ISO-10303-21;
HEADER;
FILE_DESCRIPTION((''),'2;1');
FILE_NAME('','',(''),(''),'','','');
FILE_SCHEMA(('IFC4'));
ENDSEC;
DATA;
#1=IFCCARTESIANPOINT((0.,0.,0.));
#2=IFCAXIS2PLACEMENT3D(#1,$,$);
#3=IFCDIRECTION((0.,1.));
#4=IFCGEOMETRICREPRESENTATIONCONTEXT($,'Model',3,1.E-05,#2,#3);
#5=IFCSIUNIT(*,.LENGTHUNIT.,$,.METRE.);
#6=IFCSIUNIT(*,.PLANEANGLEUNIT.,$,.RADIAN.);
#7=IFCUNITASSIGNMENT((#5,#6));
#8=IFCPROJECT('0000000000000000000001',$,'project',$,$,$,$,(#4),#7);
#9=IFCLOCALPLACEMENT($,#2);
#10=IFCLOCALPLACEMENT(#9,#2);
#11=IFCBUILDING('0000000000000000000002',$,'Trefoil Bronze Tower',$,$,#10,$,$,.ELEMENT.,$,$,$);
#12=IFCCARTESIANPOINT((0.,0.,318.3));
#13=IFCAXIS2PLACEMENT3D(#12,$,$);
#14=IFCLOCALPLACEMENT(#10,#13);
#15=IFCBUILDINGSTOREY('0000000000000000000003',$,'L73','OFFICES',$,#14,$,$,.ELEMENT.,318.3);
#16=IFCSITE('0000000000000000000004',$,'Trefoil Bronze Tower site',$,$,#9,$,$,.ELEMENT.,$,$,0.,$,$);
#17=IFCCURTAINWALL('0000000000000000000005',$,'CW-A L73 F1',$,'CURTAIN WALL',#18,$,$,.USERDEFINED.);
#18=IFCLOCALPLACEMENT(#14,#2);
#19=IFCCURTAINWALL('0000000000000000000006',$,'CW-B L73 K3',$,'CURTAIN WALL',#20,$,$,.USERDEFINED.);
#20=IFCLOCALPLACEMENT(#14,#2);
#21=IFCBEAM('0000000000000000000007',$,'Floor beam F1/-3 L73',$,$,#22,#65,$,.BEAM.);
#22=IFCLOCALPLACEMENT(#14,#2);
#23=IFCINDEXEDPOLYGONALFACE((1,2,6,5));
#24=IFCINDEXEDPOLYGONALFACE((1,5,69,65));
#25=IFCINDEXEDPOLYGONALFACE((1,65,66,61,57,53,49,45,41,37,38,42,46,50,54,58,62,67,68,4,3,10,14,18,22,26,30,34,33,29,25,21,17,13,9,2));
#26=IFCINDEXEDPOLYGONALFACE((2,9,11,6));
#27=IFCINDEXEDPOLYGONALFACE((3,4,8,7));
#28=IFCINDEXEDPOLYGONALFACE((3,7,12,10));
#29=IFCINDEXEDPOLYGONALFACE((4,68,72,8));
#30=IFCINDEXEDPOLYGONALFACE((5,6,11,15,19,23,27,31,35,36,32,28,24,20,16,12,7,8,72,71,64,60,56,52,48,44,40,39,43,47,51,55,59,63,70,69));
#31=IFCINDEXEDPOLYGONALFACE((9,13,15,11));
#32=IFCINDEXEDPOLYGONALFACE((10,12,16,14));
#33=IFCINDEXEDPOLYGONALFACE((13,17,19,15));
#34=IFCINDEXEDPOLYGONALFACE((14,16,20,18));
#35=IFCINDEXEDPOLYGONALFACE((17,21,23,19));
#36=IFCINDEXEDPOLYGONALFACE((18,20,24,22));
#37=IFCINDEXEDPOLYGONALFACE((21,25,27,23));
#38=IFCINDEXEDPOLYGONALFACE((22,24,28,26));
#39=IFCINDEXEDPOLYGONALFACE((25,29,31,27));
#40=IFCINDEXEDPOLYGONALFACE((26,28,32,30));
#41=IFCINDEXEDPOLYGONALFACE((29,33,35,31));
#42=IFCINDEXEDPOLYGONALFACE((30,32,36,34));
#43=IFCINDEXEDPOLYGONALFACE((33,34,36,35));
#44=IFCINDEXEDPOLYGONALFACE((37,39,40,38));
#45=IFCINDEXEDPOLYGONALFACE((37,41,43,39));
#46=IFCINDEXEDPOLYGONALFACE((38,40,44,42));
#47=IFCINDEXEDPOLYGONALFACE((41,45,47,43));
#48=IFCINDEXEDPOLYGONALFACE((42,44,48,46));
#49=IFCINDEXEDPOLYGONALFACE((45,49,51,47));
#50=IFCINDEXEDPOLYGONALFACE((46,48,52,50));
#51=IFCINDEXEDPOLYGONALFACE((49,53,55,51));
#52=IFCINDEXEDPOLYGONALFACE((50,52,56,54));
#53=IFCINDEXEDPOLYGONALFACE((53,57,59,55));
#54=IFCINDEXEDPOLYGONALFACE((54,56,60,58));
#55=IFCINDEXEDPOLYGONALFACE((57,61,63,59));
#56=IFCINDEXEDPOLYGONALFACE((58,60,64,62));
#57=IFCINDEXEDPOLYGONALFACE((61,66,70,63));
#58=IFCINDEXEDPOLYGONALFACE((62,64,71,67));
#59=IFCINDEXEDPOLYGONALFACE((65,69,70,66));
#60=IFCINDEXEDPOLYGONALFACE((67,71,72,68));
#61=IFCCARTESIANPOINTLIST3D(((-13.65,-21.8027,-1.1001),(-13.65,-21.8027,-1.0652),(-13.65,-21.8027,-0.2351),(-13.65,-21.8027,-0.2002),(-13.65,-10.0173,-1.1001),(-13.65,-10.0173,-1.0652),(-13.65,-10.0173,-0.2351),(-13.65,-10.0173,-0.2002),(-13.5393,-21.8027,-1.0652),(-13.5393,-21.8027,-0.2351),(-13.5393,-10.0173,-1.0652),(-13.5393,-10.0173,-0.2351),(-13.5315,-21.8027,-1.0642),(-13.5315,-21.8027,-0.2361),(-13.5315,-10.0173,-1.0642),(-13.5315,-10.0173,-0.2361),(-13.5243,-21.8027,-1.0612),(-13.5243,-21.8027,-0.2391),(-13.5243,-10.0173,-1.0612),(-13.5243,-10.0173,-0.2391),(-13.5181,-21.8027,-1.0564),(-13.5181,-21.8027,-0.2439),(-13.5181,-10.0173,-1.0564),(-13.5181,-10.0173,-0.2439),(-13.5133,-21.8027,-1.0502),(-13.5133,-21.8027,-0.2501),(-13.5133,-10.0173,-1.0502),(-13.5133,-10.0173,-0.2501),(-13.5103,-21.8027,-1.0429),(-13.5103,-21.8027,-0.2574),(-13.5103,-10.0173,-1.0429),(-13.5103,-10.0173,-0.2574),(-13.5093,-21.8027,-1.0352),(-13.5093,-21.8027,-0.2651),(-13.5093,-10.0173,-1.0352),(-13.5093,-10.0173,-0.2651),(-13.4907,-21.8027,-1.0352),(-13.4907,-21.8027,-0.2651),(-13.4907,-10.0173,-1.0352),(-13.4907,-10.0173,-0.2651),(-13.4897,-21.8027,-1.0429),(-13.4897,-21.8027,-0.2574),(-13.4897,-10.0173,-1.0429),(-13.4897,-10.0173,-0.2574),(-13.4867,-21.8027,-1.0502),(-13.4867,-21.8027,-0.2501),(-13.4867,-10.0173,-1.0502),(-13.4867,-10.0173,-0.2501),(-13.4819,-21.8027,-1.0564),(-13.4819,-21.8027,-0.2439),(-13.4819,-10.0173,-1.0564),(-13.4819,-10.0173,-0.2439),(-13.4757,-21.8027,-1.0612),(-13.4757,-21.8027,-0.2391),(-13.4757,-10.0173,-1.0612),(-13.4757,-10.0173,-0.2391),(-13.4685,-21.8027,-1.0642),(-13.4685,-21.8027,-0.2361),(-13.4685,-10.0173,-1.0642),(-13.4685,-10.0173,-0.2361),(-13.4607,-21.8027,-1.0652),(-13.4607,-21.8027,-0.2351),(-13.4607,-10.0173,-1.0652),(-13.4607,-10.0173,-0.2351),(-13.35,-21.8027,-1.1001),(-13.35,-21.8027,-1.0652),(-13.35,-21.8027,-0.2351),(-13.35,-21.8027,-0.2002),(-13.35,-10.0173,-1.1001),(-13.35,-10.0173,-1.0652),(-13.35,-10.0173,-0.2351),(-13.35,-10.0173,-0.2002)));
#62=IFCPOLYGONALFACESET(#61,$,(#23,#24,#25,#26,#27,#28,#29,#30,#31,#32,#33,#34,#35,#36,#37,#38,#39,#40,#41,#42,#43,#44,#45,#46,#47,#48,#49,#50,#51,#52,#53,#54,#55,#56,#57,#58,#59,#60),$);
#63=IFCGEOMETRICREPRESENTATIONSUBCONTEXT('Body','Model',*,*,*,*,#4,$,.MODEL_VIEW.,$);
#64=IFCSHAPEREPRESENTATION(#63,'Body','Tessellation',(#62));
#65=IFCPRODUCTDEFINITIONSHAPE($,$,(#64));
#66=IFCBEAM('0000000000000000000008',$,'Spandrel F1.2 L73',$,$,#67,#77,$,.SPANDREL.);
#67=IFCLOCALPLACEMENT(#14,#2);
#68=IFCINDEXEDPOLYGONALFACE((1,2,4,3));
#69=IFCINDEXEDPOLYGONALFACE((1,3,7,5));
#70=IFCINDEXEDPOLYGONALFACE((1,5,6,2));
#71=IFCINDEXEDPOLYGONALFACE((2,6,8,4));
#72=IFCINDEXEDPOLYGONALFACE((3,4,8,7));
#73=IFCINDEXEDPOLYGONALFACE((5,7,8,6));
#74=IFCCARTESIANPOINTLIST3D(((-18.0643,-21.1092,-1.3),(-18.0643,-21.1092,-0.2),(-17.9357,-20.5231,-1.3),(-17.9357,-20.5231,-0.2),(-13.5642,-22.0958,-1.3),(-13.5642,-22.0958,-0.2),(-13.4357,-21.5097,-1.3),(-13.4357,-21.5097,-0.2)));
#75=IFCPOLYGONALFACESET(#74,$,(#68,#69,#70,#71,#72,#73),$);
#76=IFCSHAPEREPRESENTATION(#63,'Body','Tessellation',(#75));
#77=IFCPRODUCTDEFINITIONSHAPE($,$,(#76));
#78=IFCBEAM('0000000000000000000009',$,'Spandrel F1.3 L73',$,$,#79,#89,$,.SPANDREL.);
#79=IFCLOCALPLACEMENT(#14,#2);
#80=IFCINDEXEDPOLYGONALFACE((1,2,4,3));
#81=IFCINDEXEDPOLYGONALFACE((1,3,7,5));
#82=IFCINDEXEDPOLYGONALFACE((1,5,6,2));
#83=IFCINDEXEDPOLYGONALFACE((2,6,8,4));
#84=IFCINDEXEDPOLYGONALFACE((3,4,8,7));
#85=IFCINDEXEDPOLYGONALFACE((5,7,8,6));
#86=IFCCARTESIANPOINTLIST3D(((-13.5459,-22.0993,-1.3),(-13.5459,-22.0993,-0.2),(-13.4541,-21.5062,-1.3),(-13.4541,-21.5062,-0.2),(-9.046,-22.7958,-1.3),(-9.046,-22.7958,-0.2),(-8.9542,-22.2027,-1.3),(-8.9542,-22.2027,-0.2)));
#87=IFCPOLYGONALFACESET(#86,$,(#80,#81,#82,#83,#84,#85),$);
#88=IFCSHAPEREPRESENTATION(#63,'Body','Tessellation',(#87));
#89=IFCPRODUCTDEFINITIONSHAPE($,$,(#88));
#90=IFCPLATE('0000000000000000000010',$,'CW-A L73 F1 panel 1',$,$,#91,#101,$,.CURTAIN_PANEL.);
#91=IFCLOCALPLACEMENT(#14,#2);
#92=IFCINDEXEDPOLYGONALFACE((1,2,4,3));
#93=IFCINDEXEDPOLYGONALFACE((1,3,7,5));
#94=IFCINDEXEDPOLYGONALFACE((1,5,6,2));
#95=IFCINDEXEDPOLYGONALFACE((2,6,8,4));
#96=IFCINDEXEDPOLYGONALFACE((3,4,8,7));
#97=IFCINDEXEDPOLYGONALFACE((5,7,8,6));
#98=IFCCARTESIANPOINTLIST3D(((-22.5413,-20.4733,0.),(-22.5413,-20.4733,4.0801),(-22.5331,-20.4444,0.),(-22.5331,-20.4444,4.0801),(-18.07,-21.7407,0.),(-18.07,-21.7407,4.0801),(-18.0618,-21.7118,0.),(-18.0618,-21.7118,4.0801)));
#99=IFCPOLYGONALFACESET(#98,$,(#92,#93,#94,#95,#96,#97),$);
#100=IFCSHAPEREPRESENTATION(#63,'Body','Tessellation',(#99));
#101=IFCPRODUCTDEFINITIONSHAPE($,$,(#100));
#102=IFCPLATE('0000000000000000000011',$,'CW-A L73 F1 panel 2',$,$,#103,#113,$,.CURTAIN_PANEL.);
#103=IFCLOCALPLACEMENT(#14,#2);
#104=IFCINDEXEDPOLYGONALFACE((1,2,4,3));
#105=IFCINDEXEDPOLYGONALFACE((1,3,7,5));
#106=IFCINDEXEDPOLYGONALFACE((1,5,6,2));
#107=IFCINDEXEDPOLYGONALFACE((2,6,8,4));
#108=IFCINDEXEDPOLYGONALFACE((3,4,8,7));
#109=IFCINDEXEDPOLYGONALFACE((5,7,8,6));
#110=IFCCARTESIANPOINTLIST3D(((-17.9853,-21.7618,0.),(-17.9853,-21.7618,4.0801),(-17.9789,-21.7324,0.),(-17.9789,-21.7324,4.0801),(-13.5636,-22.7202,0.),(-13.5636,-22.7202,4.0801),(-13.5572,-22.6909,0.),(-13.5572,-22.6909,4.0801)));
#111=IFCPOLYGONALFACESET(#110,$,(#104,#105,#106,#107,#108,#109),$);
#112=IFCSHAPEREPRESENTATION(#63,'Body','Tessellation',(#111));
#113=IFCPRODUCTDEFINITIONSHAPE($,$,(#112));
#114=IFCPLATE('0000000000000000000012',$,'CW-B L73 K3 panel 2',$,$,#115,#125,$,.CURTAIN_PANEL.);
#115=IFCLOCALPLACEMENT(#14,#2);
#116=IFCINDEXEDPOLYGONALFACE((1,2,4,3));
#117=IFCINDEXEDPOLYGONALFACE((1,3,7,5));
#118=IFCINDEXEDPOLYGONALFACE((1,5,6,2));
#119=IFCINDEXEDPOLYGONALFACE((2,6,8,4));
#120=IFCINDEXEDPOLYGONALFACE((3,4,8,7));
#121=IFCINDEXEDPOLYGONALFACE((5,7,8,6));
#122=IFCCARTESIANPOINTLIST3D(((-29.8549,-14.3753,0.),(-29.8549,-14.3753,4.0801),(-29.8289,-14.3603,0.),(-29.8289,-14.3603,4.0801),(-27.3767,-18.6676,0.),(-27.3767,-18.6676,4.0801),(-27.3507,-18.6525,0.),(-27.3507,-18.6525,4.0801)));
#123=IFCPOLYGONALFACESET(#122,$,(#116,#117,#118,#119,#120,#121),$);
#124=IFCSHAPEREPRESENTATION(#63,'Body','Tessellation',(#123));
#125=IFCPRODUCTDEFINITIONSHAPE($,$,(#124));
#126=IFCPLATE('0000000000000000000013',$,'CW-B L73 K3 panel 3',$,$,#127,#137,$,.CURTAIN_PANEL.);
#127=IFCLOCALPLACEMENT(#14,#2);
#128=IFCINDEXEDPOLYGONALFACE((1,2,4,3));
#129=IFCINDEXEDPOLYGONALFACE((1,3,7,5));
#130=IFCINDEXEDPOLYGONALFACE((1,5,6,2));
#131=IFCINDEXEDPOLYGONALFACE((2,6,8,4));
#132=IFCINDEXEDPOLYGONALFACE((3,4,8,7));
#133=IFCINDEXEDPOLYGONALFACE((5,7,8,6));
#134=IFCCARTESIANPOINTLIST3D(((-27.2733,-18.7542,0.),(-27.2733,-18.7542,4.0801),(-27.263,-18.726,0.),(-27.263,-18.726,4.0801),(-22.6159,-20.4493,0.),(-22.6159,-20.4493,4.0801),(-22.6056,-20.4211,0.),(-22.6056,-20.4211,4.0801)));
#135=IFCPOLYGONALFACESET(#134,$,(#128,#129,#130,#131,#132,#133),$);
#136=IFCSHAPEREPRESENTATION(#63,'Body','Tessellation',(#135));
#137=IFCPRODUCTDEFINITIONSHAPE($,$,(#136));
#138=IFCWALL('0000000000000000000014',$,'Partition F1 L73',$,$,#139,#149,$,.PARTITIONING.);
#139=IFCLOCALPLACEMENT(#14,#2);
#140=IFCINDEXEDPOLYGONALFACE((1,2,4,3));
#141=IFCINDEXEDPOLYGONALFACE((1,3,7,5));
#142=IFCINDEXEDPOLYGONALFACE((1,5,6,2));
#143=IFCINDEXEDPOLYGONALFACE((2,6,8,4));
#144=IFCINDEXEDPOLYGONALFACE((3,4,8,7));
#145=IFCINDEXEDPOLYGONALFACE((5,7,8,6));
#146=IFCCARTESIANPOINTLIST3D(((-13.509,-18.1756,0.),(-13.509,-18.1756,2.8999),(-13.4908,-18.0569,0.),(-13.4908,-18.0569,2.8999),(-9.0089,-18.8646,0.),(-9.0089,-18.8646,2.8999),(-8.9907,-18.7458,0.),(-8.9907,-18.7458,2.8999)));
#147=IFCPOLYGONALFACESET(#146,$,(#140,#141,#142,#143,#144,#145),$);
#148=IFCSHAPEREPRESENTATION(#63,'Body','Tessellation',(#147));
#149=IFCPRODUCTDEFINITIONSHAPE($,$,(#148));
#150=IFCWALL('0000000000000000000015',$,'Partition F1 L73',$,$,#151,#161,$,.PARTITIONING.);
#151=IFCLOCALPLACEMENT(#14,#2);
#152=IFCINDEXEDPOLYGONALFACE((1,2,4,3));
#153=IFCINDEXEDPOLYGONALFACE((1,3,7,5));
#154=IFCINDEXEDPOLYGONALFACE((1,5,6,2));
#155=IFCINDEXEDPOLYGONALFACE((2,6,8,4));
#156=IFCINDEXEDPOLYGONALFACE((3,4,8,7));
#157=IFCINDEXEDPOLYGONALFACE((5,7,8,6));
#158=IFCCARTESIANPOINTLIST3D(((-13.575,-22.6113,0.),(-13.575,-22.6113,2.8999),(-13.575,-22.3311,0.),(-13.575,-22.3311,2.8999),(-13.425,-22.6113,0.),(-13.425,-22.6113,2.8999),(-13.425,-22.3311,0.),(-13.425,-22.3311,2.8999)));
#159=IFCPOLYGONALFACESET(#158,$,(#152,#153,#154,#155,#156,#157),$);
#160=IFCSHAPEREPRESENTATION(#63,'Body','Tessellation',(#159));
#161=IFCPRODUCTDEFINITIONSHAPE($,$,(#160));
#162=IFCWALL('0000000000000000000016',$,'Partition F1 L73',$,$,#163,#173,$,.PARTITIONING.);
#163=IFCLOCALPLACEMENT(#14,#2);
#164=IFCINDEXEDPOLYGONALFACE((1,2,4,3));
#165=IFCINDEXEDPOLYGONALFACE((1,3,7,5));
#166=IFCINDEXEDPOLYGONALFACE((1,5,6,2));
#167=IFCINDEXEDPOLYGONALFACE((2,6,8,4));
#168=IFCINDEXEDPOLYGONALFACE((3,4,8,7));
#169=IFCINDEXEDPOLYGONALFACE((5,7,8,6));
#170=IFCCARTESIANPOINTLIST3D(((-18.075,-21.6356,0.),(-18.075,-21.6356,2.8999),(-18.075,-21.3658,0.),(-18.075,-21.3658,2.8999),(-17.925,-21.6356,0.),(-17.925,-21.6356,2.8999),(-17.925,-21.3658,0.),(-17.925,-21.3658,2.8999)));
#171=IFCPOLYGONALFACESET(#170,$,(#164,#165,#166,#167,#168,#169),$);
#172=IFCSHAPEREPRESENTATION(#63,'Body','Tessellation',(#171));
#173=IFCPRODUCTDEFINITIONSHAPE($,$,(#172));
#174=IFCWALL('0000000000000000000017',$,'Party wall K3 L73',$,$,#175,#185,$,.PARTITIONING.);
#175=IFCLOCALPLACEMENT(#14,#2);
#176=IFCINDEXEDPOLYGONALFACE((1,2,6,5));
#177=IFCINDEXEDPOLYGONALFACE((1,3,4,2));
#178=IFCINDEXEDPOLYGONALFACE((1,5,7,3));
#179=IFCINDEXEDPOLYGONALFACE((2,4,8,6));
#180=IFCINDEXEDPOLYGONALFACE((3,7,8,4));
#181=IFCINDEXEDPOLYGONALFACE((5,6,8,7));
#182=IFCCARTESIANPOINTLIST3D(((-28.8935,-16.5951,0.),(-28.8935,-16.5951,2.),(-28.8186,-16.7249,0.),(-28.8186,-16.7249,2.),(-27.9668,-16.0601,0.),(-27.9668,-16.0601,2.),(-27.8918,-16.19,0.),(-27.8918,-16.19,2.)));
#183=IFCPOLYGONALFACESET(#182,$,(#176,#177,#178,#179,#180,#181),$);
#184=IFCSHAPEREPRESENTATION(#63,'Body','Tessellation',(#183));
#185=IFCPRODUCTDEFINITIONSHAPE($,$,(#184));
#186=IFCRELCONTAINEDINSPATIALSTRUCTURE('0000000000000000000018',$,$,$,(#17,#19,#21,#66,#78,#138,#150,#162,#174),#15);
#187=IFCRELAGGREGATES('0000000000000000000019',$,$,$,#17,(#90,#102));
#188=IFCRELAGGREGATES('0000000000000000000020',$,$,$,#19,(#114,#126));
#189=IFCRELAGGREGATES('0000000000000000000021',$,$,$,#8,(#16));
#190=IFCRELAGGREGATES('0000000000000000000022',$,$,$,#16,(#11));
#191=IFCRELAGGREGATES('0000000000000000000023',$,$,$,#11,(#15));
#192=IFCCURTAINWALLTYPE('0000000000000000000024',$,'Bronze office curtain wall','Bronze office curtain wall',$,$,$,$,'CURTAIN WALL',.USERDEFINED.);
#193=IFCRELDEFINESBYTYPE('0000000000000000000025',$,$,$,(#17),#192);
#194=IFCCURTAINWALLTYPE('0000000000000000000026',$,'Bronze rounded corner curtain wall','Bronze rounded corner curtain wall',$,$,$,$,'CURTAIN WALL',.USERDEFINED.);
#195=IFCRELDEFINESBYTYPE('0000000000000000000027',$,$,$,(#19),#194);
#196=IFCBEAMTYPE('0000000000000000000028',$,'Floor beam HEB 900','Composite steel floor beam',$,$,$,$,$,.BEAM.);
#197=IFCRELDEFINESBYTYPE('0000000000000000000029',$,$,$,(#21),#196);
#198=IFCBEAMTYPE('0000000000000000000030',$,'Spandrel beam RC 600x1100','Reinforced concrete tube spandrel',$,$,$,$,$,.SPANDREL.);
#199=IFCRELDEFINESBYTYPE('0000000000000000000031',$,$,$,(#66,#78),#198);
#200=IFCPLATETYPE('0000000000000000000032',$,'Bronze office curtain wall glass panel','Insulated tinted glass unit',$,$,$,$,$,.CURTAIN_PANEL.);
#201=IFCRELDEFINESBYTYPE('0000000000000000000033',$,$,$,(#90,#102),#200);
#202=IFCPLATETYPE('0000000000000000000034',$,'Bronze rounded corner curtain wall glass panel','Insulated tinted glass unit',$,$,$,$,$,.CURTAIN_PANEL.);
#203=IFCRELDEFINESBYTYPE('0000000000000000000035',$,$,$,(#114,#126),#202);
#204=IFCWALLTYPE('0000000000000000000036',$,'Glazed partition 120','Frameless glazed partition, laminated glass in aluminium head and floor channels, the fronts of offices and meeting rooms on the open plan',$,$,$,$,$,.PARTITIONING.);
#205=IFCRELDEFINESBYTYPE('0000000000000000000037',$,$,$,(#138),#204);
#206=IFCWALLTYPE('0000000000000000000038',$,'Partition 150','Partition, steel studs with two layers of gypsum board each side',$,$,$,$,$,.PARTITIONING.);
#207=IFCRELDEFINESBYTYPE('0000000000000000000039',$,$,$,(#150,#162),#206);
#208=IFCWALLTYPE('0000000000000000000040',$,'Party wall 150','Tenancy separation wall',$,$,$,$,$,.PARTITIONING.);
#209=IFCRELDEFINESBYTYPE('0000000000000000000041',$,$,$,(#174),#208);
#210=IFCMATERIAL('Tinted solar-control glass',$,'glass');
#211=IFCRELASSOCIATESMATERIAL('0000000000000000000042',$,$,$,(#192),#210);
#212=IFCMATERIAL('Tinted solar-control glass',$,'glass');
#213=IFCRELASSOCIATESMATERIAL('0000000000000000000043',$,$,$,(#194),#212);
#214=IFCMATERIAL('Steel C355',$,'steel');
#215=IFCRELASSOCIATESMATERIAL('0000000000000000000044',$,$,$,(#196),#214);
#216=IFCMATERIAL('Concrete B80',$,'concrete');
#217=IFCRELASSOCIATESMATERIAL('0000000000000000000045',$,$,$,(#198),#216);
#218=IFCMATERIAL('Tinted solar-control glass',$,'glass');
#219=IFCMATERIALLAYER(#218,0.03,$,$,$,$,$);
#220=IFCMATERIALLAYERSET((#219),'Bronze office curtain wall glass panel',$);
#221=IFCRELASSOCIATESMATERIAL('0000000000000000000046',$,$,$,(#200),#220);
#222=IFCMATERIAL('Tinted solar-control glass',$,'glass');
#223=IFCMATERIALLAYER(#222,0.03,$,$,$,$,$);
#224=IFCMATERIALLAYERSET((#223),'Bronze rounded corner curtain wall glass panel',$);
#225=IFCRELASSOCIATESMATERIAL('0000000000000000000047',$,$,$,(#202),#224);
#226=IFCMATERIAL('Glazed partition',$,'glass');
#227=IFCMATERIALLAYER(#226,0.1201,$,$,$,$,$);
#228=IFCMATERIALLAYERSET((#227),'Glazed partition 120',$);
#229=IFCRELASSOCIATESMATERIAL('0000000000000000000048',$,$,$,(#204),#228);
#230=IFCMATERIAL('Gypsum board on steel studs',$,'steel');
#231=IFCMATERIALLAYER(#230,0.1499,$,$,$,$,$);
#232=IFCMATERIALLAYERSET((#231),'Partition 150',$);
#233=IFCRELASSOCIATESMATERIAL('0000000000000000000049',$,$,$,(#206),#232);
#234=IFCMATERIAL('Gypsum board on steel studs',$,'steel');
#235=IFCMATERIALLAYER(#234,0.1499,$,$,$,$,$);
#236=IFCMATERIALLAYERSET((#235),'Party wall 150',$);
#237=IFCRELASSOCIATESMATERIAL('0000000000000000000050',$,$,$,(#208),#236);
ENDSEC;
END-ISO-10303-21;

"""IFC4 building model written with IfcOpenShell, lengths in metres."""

from ifc_helpers import new_model, si_unit, direction, frame, frame_2d, origin, origin_2d, place, context, subcontext, project, spatial, rectangle, i_section, extrude, material, layer, layer_set, material_profile, profile_set, type_object, element, aggregate, save


model = new_model("IFC4")

# Units and contexts
model_context = context("Model", 3, precision=1e-05, world=origin(), true_north=direction((0.0, 1.0)))
body_context = subcontext(model_context, "Body", "Model", "MODEL_VIEW")
ifc_project = project(units=[si_unit("LENGTHUNIT", "METRE"), si_unit("PLANEANGLEUNIT", "RADIAN")], contexts=[model_context])

# Site, building, storey
site_placement = place(None, origin())
site = spatial("IfcSite", under=ifc_project, at=site_placement, Name="Trefoil Bronze Tower site", CompositionType="ELEMENT", RefElevation=0.0)
building_placement = place(site_placement, origin())
building = spatial("IfcBuilding", under=site, at=building_placement, Name="Trefoil Bronze Tower", CompositionType="ELEMENT")
storey_placement = place(building_placement, frame((0.0, 0.0, 318.3)))
storey = spatial("IfcBuildingStorey", under=building, at=storey_placement, Name="L73", Description="OFFICES", CompositionType="ELEMENT", Elevation=318.3)

# Curtain walls
ifc_material_1 = material(Name="Tinted solar-control glass", Category="glass")
curtain_wall_type_1 = type_object("IfcCurtainWallType", Name="Bronze office curtain wall", Description="Bronze office curtain wall", ElementType="CURTAIN WALL", PredefinedType="USERDEFINED", material=ifc_material_1)
curtain_wall_1_placement = place(storey_placement, origin())
curtain_wall_1 = element("IfcCurtainWall", 1, at=curtain_wall_1_placement, inside=storey, type_object=curtain_wall_type_1, Name="CW-A L73 F1", ObjectType="CURTAIN WALL", PredefinedType="USERDEFINED")
ifc_material_2 = material(Name="Tinted solar-control glass", Category="glass")
curtain_wall_type_2 = type_object("IfcCurtainWallType", Name="Bronze rounded corner curtain wall", Description="Bronze rounded corner curtain wall", ElementType="CURTAIN WALL", PredefinedType="USERDEFINED", material=ifc_material_2)
curtain_wall_2_placement = place(storey_placement, origin())
curtain_wall_2 = element("IfcCurtainWall", 2, at=curtain_wall_2_placement, inside=storey, type_object=curtain_wall_type_2, Name="CW-B L73 K3", ObjectType="CURTAIN WALL", PredefinedType="USERDEFINED")

# Beams
ifc_material_3 = material(Name="Steel C355", Category="steel")
ifc_material_profile_1 = material_profile(ifc_material_3, i_section(OverallWidth=0.3, OverallDepth=0.8999, WebThickness=0.0186, FlangeThickness=0.0349, FilletRadius=0.03, at=origin_2d()), Name="HEB 900")
ifc_profile_set_1 = profile_set([ifc_material_profile_1], Name="Steel C355")
beam_type_1 = type_object("IfcBeamType", Name="Floor beam HEB 900", Description="Composite steel floor beam", PredefinedType="BEAM", material=ifc_profile_set_1)
beam_1_placement = place(storey_placement, frame((-13.5, -21.8027, -0.6501), z_axis=(0.0, 1.0, 0.0), x_axis=(-1.0, 0.0, 0.0)))
element("IfcBeam", 3, at=beam_1_placement, inside=storey, type_object=beam_type_1, Name="Floor beam F1/-3 L73", PredefinedType="BEAM", context=body_context, shape_type="SweptSolid", body=[
    extrude(i_section(OverallWidth=0.3, OverallDepth=0.8999, WebThickness=0.0186, FlangeThickness=0.0349, FilletRadius=0.03, at=origin_2d()), origin(), (0.0, 0.0, 1.0), 11.7854),
])
ifc_material_4 = material(Name="Concrete B80", Category="concrete")
ifc_material_profile_2 = material_profile(ifc_material_4, rectangle(XDim=0.6001, YDim=1.1001, at=origin_2d()), Name="RC 600x1100")
ifc_profile_set_2 = profile_set([ifc_material_profile_2], Name="Concrete B80")
beam_type_2 = type_object("IfcBeamType", Name="Spandrel beam RC 600x1100", Description="Reinforced concrete tube spandrel", PredefinedType="SPANDREL", material=ifc_profile_set_2)
beam_2_placement = place(storey_placement, frame((-18.0, -20.8162, -0.75), z_axis=(0.9768, -0.214152, 0.0), x_axis=(0.214152, 0.9768, 0.0)))
element("IfcBeam", 4, at=beam_2_placement, inside=storey, type_object=beam_type_2, Name="Spandrel F1.2 L73", PredefinedType="SPANDREL", context=body_context, shape_type="SweptSolid", body=[
    extrude(rectangle(XDim=0.6001, YDim=1.1001, at=origin_2d()), origin(), (0.0, 0.0, 1.0), 4.6069),
])
beam_3_placement = place(storey_placement, frame((-13.5, -21.8027, -0.75), z_axis=(0.988232, -0.152964, 0.0), x_axis=(0.152964, 0.988232, 0.0)))
element("IfcBeam", 5, at=beam_3_placement, inside=storey, type_object=beam_type_2, Name="Spandrel F1.3 L73", PredefinedType="SPANDREL", context=body_context, shape_type="SweptSolid", body=[
    extrude(rectangle(XDim=0.6001, YDim=1.1001, at=origin_2d()), origin(), (0.0, 0.0, 1.0), 4.5535),
])

# Plates
ifc_material_5 = material(Name="Tinted solar-control glass", Category="glass")
ifc_layer_1 = layer(ifc_material_5, 0.03)
ifc_layer_set_1 = layer_set([ifc_layer_1], Name="Bronze office curtain wall glass panel")
plate_type_1 = type_object("IfcPlateType", Name="Bronze office curtain wall glass panel", Description="Insulated tinted glass unit", PredefinedType="CURTAIN_PANEL", material=ifc_layer_set_1)
plate_1_placement = place(storey_placement, frame((-20.3015, -21.0925, 0.0), z_axis=(0.0, 0.0, 1.0), x_axis=(0.962098, -0.272705, 0.0)))
plate_1 = element("IfcPlate", 6, at=plate_1_placement, type_object=plate_type_1, Name="CW-A L73 F1 panel 1", PredefinedType="CURTAIN_PANEL", context=body_context, shape_type="SweptSolid", body=[
    extrude(rectangle(XDim=4.6475, YDim=0.03, at=origin_2d()), origin(), (0.0, 0.0, 1.0), 4.0801),
])
plate_2_placement = place(storey_placement, frame((-15.7712, -22.2263, 0.0), z_axis=(0.0, 0.0, 1.0), x_axis=(0.977303, -0.211846, 0.0)))
plate_2 = element("IfcPlate", 7, at=plate_2_placement, type_object=plate_type_1, Name="CW-A L73 F1 panel 2", PredefinedType="CURTAIN_PANEL", context=body_context, shape_type="SweptSolid", body=[
    extrude(rectangle(XDim=4.5244, YDim=0.03, at=origin_2d()), origin(), (0.0, 0.0, 1.0), 4.0801),
])
aggregate(curtain_wall_1, [plate_1, plate_2])
ifc_material_6 = material(Name="Tinted solar-control glass", Category="glass")
ifc_layer_2 = layer(ifc_material_6, 0.03)
ifc_layer_set_2 = layer_set([ifc_layer_2], Name="Bronze rounded corner curtain wall glass panel")
plate_type_2 = type_object("IfcPlateType", Name="Bronze rounded corner curtain wall glass panel", Description="Insulated tinted glass unit", PredefinedType="CURTAIN_PANEL", material=ifc_layer_set_2)
plate_3_placement = place(storey_placement, frame((-28.6028, -16.5139, 0.0), z_axis=(0.0, 0.0, 1.0), x_axis=(0.5, -0.866025, 0.0)))
plate_3 = element("IfcPlate", 8, at=plate_3_placement, type_object=plate_type_2, Name="CW-B L73 K3 panel 2", PredefinedType="CURTAIN_PANEL", context=body_context, shape_type="SweptSolid", body=[
    extrude(rectangle(XDim=4.9563, YDim=0.03, at=origin_2d()), origin(), (0.0, 0.0, 1.0), 4.0801),
])
plate_4_placement = place(storey_placement, frame((-24.9395, -19.5876, 0.0), z_axis=(0.0, 0.0, 1.0), x_axis=(0.939693, -0.34202, 0.0)))
plate_4 = element("IfcPlate", 9, at=plate_4_placement, type_object=plate_type_2, Name="CW-B L73 K3 panel 3", PredefinedType="CURTAIN_PANEL", context=body_context, shape_type="SweptSolid", body=[
    extrude(rectangle(XDim=4.9563, YDim=0.03, at=origin_2d()), origin(), (0.0, 0.0, 1.0), 4.0801),
])
aggregate(curtain_wall_2, [plate_3, plate_4])

# Walls
ifc_material_7 = material(Name="Glazed partition", Category="glass")
ifc_layer_3 = layer(ifc_material_7, 0.1201)
ifc_layer_set_3 = layer_set([ifc_layer_3], Name="Glazed partition 120")
wall_type_1 = type_object("IfcWallType", Name="Glazed partition 120", Description="Frameless glazed partition, laminated glass in aluminium head and floor channels, the fronts of offices and meeting rooms on the open plan", PredefinedType="PARTITIONING", material=ifc_layer_set_3)
wall_1_placement = place(storey_placement, frame((-13.5, -18.1162, 0.0), z_axis=(0.0, 0.0, 1.0), x_axis=(0.988482, -0.15134, 0.0)))
element("IfcWall", 10, at=wall_1_placement, inside=storey, type_object=wall_type_1, Name="Partition F1 L73", PredefinedType="PARTITIONING", context=body_context, shape_type="SweptSolid", body=[
    extrude(rectangle(XDim=4.5525, YDim=0.1201, at=frame_2d((2.2764, 0.0))), origin(), (0.0, 0.0, 1.0), 2.8999),
])
ifc_material_8 = material(Name="Gypsum board on steel studs", Category="steel")
ifc_layer_4 = layer(ifc_material_8, 0.1499)
ifc_layer_set_4 = layer_set([ifc_layer_4], Name="Partition 150")
wall_type_2 = type_object("IfcWallType", Name="Partition 150", Description="Partition, steel studs with two layers of gypsum board each side", PredefinedType="PARTITIONING", material=ifc_layer_set_4)
wall_2_placement = place(storey_placement, frame((-13.5, -22.3311, 0.0), z_axis=(0.0, 0.0, 1.0), x_axis=(0.0, -1.0, 0.0)))
element("IfcWall", 11, at=wall_2_placement, inside=storey, type_object=wall_type_2, Name="Partition F1 L73", PredefinedType="PARTITIONING", context=body_context, shape_type="SweptSolid", body=[
    extrude(rectangle(XDim=0.2803, YDim=0.1499, at=frame_2d((0.1401, 0.0))), origin(), (0.0, 0.0, 1.0), 2.8999),
])
wall_3_placement = place(storey_placement, frame((-18.0, -21.366, 0.0), z_axis=(0.0, 0.0, 1.0), x_axis=(0.0, -1.0, 0.0)))
element("IfcWall", 12, at=wall_3_placement, inside=storey, type_object=wall_type_2, Name="Partition F1 L73", PredefinedType="PARTITIONING", context=body_context, shape_type="SweptSolid", body=[
    extrude(rectangle(XDim=0.2698, YDim=0.1499, at=frame_2d((0.1348, 0.0))), origin(), (0.0, 0.0, 1.0), 2.8999),
])
ifc_material_9 = material(Name="Gypsum board on steel studs", Category="steel")
ifc_layer_5 = layer(ifc_material_9, 0.1499)
ifc_layer_set_5 = layer_set([ifc_layer_5], Name="Party wall 150")
wall_type_3 = type_object("IfcWallType", Name="Party wall 150", Description="Tenancy separation wall", PredefinedType="PARTITIONING", material=ifc_layer_set_5)
wall_4_placement = place(storey_placement, frame((-27.9292, -16.125, 0.0), z_axis=(0.0, 0.0, 1.0), x_axis=(-0.866087, -0.499894, 0.0)))
element("IfcWall", 13, at=wall_4_placement, inside=storey, type_object=wall_type_3, Name="Party wall K3 L73", PredefinedType="PARTITIONING", context=body_context, shape_type="SweptSolid", body=[
    extrude(rectangle(XDim=1.0701, YDim=0.1499, at=frame_2d((0.5352, 0.0))), origin(), (0.0, 0.0, 1.0), 2.0),
])

save(model, "model.ifc")
